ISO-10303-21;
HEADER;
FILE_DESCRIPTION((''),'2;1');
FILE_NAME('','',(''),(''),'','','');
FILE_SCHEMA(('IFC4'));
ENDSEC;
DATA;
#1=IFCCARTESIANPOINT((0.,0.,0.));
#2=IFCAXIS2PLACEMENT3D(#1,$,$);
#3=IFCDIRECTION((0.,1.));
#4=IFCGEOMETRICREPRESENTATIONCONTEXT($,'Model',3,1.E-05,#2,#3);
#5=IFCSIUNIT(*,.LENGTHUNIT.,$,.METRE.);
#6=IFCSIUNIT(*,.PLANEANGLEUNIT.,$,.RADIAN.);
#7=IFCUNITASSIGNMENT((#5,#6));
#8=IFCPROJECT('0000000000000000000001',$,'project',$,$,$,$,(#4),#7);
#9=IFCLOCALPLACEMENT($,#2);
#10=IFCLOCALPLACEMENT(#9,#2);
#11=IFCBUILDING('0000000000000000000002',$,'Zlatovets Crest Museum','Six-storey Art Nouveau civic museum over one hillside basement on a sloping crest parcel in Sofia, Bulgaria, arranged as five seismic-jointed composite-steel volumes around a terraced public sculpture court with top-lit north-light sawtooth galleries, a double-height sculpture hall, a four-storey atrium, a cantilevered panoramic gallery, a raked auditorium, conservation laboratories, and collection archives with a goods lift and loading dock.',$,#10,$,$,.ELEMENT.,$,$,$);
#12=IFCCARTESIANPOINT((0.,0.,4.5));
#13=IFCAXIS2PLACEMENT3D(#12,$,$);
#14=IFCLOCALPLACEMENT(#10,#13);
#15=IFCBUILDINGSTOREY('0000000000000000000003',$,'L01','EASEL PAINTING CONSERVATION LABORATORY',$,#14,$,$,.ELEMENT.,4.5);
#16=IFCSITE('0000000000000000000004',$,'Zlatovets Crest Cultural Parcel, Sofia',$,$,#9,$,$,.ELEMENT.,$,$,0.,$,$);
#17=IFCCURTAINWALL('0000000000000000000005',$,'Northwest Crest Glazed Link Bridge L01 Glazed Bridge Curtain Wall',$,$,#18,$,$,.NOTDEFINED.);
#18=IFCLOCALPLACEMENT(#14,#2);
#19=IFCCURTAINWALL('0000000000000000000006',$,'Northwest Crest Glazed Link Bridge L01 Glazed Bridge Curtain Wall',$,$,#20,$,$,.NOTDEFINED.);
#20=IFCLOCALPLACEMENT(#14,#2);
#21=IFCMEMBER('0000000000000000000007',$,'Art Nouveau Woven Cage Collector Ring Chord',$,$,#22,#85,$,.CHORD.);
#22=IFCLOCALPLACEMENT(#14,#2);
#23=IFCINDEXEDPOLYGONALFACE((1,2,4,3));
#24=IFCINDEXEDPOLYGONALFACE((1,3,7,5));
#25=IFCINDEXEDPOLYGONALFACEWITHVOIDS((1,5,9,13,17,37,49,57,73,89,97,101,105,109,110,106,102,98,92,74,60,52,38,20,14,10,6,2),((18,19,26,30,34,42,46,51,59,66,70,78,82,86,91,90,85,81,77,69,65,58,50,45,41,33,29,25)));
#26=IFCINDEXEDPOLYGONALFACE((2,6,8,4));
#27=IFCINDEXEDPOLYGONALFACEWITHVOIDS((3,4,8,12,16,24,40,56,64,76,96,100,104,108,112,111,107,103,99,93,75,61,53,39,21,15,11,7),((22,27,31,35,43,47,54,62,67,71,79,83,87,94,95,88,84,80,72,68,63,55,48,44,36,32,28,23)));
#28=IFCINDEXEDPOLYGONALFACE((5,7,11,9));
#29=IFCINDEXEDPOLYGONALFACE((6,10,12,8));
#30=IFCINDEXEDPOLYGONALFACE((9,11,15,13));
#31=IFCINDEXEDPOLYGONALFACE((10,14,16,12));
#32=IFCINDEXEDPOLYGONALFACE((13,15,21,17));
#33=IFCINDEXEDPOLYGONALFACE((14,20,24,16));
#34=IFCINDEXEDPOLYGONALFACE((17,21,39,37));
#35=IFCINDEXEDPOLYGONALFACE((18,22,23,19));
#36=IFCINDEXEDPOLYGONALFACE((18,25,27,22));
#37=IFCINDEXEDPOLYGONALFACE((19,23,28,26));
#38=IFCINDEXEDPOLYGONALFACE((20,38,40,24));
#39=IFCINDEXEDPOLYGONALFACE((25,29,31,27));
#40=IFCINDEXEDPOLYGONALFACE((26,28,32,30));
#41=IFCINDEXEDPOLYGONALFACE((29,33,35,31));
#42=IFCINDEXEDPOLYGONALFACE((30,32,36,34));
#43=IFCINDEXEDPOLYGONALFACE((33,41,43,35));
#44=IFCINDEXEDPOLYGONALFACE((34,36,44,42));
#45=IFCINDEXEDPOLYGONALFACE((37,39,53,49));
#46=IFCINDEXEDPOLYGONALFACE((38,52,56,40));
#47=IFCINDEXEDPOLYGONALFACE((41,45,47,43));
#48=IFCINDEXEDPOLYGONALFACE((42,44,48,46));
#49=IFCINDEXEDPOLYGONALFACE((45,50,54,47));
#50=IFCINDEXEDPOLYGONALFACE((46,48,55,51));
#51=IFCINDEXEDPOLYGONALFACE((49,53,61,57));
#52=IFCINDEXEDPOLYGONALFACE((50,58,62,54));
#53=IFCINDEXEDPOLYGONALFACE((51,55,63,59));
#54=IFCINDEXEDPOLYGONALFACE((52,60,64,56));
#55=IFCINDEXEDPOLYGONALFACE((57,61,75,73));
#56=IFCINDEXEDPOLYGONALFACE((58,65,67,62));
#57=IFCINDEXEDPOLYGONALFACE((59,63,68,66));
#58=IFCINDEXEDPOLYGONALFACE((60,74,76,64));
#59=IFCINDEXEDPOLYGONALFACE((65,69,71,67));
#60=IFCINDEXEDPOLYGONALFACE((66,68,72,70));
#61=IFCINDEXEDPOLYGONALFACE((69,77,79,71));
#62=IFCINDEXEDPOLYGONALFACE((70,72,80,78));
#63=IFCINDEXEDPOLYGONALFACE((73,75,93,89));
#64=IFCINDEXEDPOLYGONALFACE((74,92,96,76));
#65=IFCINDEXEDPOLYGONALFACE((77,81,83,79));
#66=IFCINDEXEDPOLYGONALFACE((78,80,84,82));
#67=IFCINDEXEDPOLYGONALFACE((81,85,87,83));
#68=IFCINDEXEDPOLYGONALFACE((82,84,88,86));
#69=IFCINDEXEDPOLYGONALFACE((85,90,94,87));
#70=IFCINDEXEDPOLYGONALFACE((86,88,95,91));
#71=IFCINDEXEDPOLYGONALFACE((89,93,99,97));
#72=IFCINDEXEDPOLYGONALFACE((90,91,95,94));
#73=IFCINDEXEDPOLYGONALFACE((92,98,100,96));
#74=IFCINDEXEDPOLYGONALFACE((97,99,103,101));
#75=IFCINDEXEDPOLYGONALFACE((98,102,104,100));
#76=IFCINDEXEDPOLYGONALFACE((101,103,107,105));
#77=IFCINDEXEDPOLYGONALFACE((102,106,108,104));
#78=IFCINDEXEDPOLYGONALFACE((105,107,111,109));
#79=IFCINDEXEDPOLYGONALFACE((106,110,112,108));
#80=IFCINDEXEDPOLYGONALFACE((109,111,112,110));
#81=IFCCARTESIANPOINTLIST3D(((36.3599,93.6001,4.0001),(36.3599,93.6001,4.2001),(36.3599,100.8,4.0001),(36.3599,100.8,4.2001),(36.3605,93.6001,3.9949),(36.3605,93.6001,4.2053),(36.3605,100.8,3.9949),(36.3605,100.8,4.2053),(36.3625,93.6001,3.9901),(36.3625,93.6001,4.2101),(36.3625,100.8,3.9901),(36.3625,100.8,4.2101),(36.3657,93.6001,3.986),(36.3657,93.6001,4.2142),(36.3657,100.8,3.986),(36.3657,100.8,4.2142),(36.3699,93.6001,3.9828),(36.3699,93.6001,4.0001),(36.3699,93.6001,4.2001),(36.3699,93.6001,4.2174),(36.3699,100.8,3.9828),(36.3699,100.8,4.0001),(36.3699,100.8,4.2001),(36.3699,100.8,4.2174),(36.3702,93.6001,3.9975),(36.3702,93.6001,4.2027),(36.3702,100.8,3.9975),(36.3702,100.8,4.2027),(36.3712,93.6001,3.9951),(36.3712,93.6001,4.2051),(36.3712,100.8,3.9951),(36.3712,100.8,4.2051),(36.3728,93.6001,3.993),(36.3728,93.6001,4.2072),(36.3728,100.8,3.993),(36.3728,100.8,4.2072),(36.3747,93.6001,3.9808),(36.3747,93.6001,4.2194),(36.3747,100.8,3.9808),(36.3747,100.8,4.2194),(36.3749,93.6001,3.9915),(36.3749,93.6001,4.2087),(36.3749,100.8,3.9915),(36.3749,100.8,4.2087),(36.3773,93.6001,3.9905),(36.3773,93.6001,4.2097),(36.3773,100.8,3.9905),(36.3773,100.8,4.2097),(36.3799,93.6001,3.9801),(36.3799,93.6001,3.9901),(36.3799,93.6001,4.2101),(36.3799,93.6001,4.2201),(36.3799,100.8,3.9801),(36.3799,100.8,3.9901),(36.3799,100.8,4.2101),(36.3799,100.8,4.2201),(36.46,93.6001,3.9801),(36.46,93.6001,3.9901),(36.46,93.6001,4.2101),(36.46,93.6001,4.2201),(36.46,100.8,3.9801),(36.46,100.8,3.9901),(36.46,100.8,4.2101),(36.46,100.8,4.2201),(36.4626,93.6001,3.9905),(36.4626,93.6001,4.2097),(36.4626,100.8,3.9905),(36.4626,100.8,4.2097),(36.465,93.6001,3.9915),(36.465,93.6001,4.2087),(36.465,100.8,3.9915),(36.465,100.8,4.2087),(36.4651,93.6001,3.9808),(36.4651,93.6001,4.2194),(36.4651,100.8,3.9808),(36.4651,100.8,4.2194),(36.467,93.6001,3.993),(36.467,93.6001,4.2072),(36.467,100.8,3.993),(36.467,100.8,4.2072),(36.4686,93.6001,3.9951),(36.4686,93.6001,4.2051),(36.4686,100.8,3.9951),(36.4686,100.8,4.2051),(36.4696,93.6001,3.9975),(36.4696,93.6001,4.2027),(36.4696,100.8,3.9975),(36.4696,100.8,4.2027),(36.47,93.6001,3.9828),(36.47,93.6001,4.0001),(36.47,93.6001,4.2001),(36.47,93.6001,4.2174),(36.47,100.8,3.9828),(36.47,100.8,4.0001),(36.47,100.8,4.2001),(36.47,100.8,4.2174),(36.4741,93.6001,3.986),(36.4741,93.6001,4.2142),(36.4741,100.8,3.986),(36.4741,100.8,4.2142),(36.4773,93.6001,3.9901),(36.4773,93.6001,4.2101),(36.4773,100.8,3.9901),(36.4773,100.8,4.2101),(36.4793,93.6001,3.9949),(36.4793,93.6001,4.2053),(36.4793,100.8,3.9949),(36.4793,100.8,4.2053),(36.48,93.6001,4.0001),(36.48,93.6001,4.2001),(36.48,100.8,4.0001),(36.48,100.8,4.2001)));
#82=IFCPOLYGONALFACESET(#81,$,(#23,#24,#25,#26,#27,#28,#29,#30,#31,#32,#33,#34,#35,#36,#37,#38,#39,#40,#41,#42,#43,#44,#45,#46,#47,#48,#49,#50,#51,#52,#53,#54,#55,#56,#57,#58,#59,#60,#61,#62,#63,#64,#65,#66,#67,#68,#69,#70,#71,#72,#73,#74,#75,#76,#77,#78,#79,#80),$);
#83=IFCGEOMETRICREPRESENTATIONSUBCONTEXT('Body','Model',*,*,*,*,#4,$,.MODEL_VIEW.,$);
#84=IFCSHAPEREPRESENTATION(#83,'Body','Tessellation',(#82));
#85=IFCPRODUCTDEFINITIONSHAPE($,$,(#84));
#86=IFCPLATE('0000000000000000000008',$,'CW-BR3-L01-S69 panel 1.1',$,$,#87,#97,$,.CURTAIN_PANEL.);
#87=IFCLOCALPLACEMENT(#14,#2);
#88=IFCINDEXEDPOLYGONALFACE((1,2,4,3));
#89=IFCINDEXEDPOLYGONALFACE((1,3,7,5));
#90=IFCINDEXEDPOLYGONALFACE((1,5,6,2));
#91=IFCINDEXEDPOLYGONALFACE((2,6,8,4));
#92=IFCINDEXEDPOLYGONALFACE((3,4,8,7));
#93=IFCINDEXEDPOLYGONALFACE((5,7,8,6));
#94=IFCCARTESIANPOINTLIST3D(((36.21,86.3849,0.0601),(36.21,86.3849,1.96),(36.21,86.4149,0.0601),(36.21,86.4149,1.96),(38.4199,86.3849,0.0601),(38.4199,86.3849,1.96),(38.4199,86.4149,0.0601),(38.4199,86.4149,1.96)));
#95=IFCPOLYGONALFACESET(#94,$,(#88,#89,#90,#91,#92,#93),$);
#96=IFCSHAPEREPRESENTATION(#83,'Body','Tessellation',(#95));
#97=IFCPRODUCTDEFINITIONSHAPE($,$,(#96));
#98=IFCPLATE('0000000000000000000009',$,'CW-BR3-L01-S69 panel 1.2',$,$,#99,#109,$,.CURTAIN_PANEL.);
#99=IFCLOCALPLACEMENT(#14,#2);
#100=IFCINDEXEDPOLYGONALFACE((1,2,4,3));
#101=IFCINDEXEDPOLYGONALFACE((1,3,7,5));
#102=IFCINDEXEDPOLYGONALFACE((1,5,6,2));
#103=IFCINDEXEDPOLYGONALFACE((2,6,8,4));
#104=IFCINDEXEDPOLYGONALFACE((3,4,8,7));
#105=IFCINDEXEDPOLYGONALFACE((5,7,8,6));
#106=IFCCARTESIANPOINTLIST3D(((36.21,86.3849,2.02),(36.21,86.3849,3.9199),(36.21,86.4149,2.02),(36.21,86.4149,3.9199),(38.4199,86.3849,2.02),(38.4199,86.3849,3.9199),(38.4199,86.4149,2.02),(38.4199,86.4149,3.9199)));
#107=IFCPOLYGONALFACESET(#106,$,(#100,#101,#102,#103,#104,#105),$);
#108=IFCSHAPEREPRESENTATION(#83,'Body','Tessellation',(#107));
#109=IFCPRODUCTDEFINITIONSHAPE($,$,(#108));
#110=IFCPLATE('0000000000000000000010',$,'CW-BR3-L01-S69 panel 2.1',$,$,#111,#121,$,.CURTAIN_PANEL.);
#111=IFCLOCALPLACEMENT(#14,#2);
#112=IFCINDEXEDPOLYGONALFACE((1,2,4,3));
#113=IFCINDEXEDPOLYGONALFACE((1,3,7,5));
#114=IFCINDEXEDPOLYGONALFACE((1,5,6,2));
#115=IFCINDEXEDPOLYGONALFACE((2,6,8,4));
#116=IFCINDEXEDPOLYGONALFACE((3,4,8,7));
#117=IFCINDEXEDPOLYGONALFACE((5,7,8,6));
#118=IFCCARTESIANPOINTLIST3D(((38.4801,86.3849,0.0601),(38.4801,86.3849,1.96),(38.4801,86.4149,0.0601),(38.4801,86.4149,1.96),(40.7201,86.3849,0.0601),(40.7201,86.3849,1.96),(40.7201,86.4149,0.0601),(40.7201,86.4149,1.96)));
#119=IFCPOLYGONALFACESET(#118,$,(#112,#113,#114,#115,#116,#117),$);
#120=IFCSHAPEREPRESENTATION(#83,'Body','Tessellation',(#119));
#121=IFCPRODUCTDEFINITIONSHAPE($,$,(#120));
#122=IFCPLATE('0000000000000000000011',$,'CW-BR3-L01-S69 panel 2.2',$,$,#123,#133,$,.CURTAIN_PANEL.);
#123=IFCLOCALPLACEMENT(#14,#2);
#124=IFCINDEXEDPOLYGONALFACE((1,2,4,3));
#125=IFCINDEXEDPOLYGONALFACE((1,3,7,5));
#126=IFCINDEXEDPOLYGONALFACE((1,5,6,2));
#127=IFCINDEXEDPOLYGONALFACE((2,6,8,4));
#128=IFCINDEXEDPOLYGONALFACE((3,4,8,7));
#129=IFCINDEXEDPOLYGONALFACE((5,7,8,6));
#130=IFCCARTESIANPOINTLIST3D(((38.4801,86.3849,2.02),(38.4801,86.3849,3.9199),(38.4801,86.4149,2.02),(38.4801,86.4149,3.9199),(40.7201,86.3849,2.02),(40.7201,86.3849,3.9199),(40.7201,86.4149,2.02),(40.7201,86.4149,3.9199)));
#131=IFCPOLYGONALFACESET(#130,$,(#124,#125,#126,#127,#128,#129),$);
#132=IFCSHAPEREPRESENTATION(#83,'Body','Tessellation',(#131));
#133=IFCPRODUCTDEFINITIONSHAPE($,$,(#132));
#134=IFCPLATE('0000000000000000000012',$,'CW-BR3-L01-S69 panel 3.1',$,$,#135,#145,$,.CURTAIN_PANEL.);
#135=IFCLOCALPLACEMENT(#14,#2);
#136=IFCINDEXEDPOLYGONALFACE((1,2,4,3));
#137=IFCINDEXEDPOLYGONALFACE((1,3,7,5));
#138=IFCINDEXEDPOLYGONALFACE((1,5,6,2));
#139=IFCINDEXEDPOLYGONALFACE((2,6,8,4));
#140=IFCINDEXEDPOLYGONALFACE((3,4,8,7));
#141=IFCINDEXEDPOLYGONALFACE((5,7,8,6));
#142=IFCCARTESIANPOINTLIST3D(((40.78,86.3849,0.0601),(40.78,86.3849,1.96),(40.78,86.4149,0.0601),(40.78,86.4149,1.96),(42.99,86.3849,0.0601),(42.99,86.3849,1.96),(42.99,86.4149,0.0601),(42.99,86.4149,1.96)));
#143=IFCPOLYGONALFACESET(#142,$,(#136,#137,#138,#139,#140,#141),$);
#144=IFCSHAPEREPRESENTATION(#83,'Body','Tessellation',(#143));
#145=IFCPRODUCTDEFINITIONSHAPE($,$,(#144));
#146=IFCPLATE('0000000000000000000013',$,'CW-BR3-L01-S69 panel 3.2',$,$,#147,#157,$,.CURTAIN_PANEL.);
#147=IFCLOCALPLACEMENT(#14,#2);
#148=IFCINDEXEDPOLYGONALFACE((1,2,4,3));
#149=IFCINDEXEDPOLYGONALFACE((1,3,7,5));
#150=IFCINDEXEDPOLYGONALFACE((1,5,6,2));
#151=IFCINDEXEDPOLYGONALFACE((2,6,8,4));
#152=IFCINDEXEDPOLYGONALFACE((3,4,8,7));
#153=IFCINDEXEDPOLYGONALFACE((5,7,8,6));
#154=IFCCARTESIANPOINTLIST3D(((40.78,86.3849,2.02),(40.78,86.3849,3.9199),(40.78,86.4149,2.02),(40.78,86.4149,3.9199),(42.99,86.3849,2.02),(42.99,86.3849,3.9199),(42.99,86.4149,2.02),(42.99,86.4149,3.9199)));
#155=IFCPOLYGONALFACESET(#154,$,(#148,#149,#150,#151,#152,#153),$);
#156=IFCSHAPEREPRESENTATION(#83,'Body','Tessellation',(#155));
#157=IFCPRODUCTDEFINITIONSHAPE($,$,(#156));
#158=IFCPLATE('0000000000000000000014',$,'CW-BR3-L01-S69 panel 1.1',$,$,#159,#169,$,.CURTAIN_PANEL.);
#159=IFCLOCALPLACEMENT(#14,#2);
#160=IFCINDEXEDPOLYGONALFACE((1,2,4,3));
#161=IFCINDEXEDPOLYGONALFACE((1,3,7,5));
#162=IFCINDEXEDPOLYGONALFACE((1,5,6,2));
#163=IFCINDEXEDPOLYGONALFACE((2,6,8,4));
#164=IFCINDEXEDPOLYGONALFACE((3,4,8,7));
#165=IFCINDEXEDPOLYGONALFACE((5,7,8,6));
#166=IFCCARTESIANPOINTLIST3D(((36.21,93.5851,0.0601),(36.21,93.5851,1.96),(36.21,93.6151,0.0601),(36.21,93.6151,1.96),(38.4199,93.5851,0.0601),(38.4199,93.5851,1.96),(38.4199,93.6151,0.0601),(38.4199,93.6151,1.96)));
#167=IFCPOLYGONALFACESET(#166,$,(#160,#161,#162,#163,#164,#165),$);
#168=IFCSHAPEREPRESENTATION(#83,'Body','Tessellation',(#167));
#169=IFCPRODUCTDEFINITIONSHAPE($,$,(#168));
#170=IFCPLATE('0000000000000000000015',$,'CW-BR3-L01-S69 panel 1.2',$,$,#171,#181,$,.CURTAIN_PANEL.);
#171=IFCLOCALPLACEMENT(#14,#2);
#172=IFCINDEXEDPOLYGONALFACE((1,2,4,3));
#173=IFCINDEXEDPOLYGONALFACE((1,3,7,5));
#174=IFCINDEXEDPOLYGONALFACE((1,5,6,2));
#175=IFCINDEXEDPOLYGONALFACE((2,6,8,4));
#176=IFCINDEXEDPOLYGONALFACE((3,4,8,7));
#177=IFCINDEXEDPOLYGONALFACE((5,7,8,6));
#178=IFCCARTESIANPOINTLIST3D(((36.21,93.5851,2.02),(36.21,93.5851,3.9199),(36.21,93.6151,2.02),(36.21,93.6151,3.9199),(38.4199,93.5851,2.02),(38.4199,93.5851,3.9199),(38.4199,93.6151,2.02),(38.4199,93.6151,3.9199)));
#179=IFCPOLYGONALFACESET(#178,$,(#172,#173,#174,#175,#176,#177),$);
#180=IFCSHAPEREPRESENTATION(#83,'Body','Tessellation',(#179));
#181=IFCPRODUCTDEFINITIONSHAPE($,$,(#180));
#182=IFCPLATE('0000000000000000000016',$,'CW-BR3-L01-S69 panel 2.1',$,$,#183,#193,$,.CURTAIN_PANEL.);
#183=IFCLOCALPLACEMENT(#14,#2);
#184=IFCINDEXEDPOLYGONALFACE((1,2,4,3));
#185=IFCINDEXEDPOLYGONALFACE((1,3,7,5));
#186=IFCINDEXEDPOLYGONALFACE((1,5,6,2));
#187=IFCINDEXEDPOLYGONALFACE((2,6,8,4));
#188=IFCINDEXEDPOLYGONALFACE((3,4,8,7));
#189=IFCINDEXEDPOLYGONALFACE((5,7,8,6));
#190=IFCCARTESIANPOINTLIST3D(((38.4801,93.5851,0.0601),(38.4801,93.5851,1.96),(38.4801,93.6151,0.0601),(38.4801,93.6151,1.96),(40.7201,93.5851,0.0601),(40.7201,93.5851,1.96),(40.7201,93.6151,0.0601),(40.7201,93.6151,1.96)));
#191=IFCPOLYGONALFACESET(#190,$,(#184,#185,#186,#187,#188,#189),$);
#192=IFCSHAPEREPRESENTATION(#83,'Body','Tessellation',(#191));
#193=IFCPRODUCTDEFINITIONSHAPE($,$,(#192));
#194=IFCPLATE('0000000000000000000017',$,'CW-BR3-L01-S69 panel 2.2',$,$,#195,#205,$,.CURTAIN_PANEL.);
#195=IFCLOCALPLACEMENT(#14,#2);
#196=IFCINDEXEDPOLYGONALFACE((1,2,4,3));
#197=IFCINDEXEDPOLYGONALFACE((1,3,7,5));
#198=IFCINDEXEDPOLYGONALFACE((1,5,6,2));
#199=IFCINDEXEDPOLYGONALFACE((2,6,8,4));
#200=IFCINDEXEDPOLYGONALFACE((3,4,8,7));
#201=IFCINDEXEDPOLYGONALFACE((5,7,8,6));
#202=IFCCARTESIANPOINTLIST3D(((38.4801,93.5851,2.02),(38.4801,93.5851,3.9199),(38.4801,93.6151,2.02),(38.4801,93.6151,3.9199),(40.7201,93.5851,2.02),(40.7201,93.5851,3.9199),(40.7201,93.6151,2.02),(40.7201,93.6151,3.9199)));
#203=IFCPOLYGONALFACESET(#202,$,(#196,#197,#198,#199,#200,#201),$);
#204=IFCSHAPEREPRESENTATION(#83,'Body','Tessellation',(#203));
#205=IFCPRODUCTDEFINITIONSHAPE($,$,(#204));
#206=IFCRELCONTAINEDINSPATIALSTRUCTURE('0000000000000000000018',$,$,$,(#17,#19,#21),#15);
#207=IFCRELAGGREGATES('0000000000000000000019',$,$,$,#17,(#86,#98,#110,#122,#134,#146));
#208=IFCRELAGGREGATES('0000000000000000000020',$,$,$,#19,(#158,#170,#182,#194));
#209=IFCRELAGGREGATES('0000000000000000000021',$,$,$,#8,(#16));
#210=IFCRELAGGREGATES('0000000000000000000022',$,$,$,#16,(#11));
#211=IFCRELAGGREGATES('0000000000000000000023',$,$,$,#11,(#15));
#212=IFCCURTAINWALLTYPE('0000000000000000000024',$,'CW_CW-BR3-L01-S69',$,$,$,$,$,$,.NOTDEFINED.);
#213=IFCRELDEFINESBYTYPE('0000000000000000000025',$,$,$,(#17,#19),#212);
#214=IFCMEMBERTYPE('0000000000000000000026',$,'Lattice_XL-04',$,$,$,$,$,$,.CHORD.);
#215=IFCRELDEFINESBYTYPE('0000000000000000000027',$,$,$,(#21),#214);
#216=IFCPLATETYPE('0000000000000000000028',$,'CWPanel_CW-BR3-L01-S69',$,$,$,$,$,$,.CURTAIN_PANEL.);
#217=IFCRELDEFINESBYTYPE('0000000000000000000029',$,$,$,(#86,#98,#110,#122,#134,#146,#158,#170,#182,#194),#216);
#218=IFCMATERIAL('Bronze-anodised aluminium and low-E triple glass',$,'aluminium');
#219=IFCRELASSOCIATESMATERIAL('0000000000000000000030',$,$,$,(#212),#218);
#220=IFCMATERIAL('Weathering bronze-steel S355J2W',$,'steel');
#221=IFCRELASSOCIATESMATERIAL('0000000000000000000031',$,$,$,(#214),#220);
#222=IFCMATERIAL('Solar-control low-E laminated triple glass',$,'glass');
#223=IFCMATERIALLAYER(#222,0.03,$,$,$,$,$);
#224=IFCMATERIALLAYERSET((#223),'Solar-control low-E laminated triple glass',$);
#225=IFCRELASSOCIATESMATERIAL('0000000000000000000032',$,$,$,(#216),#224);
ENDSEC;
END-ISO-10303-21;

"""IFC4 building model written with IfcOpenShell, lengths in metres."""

from ifc_helpers import new_model, si_unit, direction, frame, origin, origin_2d, place, context, subcontext, project, spatial, rectangle, hollow_rectangle, extrude, material, layer, layer_set, material_profile, profile_set, type_object, element, aggregate, save


model = new_model("IFC4")

# Units and contexts
model_context = context("Model", 3, precision=1e-05, world=origin(), true_north=direction((0.0, 1.0)))
body_context = subcontext(model_context, "Body", "Model", "MODEL_VIEW")
ifc_project = project(units=[si_unit("LENGTHUNIT", "METRE"), si_unit("PLANEANGLEUNIT", "RADIAN")], contexts=[model_context])

# Site, building, storey
site_placement = place(None, origin())
site = spatial("IfcSite", under=ifc_project, at=site_placement, Name="Zlatovets Crest Cultural Parcel, Sofia", CompositionType="ELEMENT", RefElevation=0.0)
building_placement = place(site_placement, origin())
building = spatial("IfcBuilding", under=site, at=building_placement, Name="Zlatovets Crest Museum", Description="Six-storey Art Nouveau civic museum over one hillside basement on a sloping crest parcel in Sofia, Bulgaria, arranged as five seismic-jointed composite-steel volumes around a terraced public sculpture court with top-lit north-light sawtooth galleries, a double-height sculpture hall, a four-storey atrium, a cantilevered panoramic gallery, a raked auditorium, conservation laboratories, and collection archives with a goods lift and loading dock.", CompositionType="ELEMENT")
storey_placement = place(building_placement, frame((0.0, 0.0, 4.5)))
storey = spatial("IfcBuildingStorey", under=building, at=storey_placement, Name="L01", Description="EASEL PAINTING CONSERVATION LABORATORY", CompositionType="ELEMENT", Elevation=4.5)

# Shared definitions
ifc_material_1 = material(Name="Bronze-anodised aluminium and low-E triple glass", Category="aluminium")

# Curtain walls
curtain_wall_type_1 = type_object("IfcCurtainWallType", Name="CW_CW-BR3-L01-S69", PredefinedType="NOTDEFINED", material=ifc_material_1)
curtain_wall_1_placement = place(storey_placement, origin())
curtain_wall_1 = element("IfcCurtainWall", 1, at=curtain_wall_1_placement, inside=storey, type_object=curtain_wall_type_1, Name="Northwest Crest Glazed Link Bridge L01 Glazed Bridge Curtain Wall", PredefinedType="NOTDEFINED")
curtain_wall_2_placement = place(storey_placement, origin())
curtain_wall_2 = element("IfcCurtainWall", 2, at=curtain_wall_2_placement, inside=storey, type_object=curtain_wall_type_1, Name="Northwest Crest Glazed Link Bridge L01 Glazed Bridge Curtain Wall", PredefinedType="NOTDEFINED")

# Member
ifc_material_2 = material(Name="Weathering bronze-steel S355J2W", Category="steel")
ifc_material_profile_1 = material_profile(ifc_material_2, hollow_rectangle(XDim=0.1201, YDim=0.24, WallThickness=0.01, InnerFilletRadius=0.01, OuterFilletRadius=0.02, at=origin_2d()), Name="RHS 120x240x10.0")
ifc_profile_set_1 = profile_set([ifc_material_profile_1], Name="Weathering bronze-steel S355J2W")
member_type_1 = type_object("IfcMemberType", Name="Lattice_XL-04", PredefinedType="CHORD", material=ifc_profile_set_1)
member_1_placement = place(storey_placement, frame((36.4199, 93.6001, 4.1001), z_axis=(0.0, 1.0, 0.0), x_axis=(-1.0, 0.0, 0.0)))
element("IfcMember", 3, at=member_1_placement, inside=storey, type_object=member_type_1, Name="Art Nouveau Woven Cage Collector Ring Chord", PredefinedType="CHORD", context=body_context, shape_type="SweptSolid", body=[
    extrude(hollow_rectangle(XDim=0.1201, YDim=0.24, WallThickness=0.01, InnerFilletRadius=0.01, OuterFilletRadius=0.02, at=origin_2d()), origin(), (0.0, 0.0, 1.0), 7.2),
])

# Plates
ifc_material_3 = material(Name="Solar-control low-E laminated triple glass", Category="glass")
ifc_layer_1 = layer(ifc_material_3, 0.03)
ifc_layer_set_1 = layer_set([ifc_layer_1], Name="Solar-control low-E laminated triple glass")
plate_type = type_object("IfcPlateType", Name="CWPanel_CW-BR3-L01-S69", PredefinedType="CURTAIN_PANEL", material=ifc_layer_set_1)
plate_1_placement = place(storey_placement, frame((37.3149, 86.3999, 0.0601), z_axis=(0.0, 0.0, 1.0), x_axis=(1.0, 0.0, 0.0)))
plate_1 = element("IfcPlate", 4, at=plate_1_placement, type_object=plate_type, Name="CW-BR3-L01-S69 panel 1.1", PredefinedType="CURTAIN_PANEL", context=body_context, shape_type="SweptSolid", body=[
    extrude(rectangle(XDim=2.21, YDim=0.03, at=origin_2d()), origin(), (0.0, 0.0, 1.0), 1.8999),
])
plate_2_placement = place(storey_placement, frame((37.3149, 86.3999, 2.02), z_axis=(0.0, 0.0, 1.0), x_axis=(1.0, 0.0, 0.0)))
plate_2 = element("IfcPlate", 5, at=plate_2_placement, type_object=plate_type, Name="CW-BR3-L01-S69 panel 1.2", PredefinedType="CURTAIN_PANEL", context=body_context, shape_type="SweptSolid", body=[
    extrude(rectangle(XDim=2.21, YDim=0.03, at=origin_2d()), origin(), (0.0, 0.0, 1.0), 1.8999),
])
plate_3_placement = place(storey_placement, frame((39.6001, 86.3999, 0.0601), z_axis=(0.0, 0.0, 1.0), x_axis=(1.0, 0.0, 0.0)))
plate_3 = element("IfcPlate", 6, at=plate_3_placement, type_object=plate_type, Name="CW-BR3-L01-S69 panel 2.1", PredefinedType="CURTAIN_PANEL", context=body_context, shape_type="SweptSolid", body=[
    extrude(rectangle(XDim=2.24, YDim=0.03, at=origin_2d()), origin(), (0.0, 0.0, 1.0), 1.8999),
])
plate_4_placement = place(storey_placement, frame((39.6001, 86.3999, 2.02), z_axis=(0.0, 0.0, 1.0), x_axis=(1.0, 0.0, 0.0)))
plate_4 = element("IfcPlate", 7, at=plate_4_placement, type_object=plate_type, Name="CW-BR3-L01-S69 panel 2.2", PredefinedType="CURTAIN_PANEL", context=body_context, shape_type="SweptSolid", body=[
    extrude(rectangle(XDim=2.24, YDim=0.03, at=origin_2d()), origin(), (0.0, 0.0, 1.0), 1.8999),
])
plate_5_placement = place(storey_placement, frame((41.885, 86.3999, 0.0601), z_axis=(0.0, 0.0, 1.0), x_axis=(1.0, 0.0, 0.0)))
plate_5 = element("IfcPlate", 8, at=plate_5_placement, type_object=plate_type, Name="CW-BR3-L01-S69 panel 3.1", PredefinedType="CURTAIN_PANEL", context=body_context, shape_type="SweptSolid", body=[
    extrude(rectangle(XDim=2.21, YDim=0.03, at=origin_2d()), origin(), (0.0, 0.0, 1.0), 1.8999),
])
plate_6_placement = place(storey_placement, frame((41.885, 86.3999, 2.02), z_axis=(0.0, 0.0, 1.0), x_axis=(1.0, 0.0, 0.0)))
plate_6 = element("IfcPlate", 9, at=plate_6_placement, type_object=plate_type, Name="CW-BR3-L01-S69 panel 3.2", PredefinedType="CURTAIN_PANEL", context=body_context, shape_type="SweptSolid", body=[
    extrude(rectangle(XDim=2.21, YDim=0.03, at=origin_2d()), origin(), (0.0, 0.0, 1.0), 1.8999),
])
aggregate(curtain_wall_1, [plate_1, plate_2, plate_3, plate_4, plate_5, plate_6])
plate_7_placement = place(storey_placement, frame((37.3149, 93.6001, 0.0601), z_axis=(0.0, 0.0, 1.0), x_axis=(1.0, 0.0, 0.0)))
plate_7 = element("IfcPlate", 10, at=plate_7_placement, type_object=plate_type, Name="CW-BR3-L01-S69 panel 1.1", PredefinedType="CURTAIN_PANEL", context=body_context, shape_type="SweptSolid", body=[
    extrude(rectangle(XDim=2.21, YDim=0.03, at=origin_2d()), origin(), (0.0, 0.0, 1.0), 1.8999),
])
plate_8_placement = place(storey_placement, frame((37.3149, 93.6001, 2.02), z_axis=(0.0, 0.0, 1.0), x_axis=(1.0, 0.0, 0.0)))
plate_8 = element("IfcPlate", 11, at=plate_8_placement, type_object=plate_type, Name="CW-BR3-L01-S69 panel 1.2", PredefinedType="CURTAIN_PANEL", context=body_context, shape_type="SweptSolid", body=[
    extrude(rectangle(XDim=2.21, YDim=0.03, at=origin_2d()), origin(), (0.0, 0.0, 1.0), 1.8999),
])
plate_9_placement = place(storey_placement, frame((39.6001, 93.6001, 0.0601), z_axis=(0.0, 0.0, 1.0), x_axis=(1.0, 0.0, 0.0)))
plate_9 = element("IfcPlate", 12, at=plate_9_placement, type_object=plate_type, Name="CW-BR3-L01-S69 panel 2.1", PredefinedType="CURTAIN_PANEL", context=body_context, shape_type="SweptSolid", body=[
    extrude(rectangle(XDim=2.24, YDim=0.03, at=origin_2d()), origin(), (0.0, 0.0, 1.0), 1.8999),
])
plate_10_placement = place(storey_placement, frame((39.6001, 93.6001, 2.02), z_axis=(0.0, 0.0, 1.0), x_axis=(1.0, 0.0, 0.0)))
plate_10 = element("IfcPlate", 13, at=plate_10_placement, type_object=plate_type, Name="CW-BR3-L01-S69 panel 2.2", PredefinedType="CURTAIN_PANEL", context=body_context, shape_type="SweptSolid", body=[
    extrude(rectangle(XDim=2.24, YDim=0.03, at=origin_2d()), origin(), (0.0, 0.0, 1.0), 1.8999),
])
aggregate(curtain_wall_2, [plate_7, plate_8, plate_9, plate_10])

save(model, "model.ifc")
